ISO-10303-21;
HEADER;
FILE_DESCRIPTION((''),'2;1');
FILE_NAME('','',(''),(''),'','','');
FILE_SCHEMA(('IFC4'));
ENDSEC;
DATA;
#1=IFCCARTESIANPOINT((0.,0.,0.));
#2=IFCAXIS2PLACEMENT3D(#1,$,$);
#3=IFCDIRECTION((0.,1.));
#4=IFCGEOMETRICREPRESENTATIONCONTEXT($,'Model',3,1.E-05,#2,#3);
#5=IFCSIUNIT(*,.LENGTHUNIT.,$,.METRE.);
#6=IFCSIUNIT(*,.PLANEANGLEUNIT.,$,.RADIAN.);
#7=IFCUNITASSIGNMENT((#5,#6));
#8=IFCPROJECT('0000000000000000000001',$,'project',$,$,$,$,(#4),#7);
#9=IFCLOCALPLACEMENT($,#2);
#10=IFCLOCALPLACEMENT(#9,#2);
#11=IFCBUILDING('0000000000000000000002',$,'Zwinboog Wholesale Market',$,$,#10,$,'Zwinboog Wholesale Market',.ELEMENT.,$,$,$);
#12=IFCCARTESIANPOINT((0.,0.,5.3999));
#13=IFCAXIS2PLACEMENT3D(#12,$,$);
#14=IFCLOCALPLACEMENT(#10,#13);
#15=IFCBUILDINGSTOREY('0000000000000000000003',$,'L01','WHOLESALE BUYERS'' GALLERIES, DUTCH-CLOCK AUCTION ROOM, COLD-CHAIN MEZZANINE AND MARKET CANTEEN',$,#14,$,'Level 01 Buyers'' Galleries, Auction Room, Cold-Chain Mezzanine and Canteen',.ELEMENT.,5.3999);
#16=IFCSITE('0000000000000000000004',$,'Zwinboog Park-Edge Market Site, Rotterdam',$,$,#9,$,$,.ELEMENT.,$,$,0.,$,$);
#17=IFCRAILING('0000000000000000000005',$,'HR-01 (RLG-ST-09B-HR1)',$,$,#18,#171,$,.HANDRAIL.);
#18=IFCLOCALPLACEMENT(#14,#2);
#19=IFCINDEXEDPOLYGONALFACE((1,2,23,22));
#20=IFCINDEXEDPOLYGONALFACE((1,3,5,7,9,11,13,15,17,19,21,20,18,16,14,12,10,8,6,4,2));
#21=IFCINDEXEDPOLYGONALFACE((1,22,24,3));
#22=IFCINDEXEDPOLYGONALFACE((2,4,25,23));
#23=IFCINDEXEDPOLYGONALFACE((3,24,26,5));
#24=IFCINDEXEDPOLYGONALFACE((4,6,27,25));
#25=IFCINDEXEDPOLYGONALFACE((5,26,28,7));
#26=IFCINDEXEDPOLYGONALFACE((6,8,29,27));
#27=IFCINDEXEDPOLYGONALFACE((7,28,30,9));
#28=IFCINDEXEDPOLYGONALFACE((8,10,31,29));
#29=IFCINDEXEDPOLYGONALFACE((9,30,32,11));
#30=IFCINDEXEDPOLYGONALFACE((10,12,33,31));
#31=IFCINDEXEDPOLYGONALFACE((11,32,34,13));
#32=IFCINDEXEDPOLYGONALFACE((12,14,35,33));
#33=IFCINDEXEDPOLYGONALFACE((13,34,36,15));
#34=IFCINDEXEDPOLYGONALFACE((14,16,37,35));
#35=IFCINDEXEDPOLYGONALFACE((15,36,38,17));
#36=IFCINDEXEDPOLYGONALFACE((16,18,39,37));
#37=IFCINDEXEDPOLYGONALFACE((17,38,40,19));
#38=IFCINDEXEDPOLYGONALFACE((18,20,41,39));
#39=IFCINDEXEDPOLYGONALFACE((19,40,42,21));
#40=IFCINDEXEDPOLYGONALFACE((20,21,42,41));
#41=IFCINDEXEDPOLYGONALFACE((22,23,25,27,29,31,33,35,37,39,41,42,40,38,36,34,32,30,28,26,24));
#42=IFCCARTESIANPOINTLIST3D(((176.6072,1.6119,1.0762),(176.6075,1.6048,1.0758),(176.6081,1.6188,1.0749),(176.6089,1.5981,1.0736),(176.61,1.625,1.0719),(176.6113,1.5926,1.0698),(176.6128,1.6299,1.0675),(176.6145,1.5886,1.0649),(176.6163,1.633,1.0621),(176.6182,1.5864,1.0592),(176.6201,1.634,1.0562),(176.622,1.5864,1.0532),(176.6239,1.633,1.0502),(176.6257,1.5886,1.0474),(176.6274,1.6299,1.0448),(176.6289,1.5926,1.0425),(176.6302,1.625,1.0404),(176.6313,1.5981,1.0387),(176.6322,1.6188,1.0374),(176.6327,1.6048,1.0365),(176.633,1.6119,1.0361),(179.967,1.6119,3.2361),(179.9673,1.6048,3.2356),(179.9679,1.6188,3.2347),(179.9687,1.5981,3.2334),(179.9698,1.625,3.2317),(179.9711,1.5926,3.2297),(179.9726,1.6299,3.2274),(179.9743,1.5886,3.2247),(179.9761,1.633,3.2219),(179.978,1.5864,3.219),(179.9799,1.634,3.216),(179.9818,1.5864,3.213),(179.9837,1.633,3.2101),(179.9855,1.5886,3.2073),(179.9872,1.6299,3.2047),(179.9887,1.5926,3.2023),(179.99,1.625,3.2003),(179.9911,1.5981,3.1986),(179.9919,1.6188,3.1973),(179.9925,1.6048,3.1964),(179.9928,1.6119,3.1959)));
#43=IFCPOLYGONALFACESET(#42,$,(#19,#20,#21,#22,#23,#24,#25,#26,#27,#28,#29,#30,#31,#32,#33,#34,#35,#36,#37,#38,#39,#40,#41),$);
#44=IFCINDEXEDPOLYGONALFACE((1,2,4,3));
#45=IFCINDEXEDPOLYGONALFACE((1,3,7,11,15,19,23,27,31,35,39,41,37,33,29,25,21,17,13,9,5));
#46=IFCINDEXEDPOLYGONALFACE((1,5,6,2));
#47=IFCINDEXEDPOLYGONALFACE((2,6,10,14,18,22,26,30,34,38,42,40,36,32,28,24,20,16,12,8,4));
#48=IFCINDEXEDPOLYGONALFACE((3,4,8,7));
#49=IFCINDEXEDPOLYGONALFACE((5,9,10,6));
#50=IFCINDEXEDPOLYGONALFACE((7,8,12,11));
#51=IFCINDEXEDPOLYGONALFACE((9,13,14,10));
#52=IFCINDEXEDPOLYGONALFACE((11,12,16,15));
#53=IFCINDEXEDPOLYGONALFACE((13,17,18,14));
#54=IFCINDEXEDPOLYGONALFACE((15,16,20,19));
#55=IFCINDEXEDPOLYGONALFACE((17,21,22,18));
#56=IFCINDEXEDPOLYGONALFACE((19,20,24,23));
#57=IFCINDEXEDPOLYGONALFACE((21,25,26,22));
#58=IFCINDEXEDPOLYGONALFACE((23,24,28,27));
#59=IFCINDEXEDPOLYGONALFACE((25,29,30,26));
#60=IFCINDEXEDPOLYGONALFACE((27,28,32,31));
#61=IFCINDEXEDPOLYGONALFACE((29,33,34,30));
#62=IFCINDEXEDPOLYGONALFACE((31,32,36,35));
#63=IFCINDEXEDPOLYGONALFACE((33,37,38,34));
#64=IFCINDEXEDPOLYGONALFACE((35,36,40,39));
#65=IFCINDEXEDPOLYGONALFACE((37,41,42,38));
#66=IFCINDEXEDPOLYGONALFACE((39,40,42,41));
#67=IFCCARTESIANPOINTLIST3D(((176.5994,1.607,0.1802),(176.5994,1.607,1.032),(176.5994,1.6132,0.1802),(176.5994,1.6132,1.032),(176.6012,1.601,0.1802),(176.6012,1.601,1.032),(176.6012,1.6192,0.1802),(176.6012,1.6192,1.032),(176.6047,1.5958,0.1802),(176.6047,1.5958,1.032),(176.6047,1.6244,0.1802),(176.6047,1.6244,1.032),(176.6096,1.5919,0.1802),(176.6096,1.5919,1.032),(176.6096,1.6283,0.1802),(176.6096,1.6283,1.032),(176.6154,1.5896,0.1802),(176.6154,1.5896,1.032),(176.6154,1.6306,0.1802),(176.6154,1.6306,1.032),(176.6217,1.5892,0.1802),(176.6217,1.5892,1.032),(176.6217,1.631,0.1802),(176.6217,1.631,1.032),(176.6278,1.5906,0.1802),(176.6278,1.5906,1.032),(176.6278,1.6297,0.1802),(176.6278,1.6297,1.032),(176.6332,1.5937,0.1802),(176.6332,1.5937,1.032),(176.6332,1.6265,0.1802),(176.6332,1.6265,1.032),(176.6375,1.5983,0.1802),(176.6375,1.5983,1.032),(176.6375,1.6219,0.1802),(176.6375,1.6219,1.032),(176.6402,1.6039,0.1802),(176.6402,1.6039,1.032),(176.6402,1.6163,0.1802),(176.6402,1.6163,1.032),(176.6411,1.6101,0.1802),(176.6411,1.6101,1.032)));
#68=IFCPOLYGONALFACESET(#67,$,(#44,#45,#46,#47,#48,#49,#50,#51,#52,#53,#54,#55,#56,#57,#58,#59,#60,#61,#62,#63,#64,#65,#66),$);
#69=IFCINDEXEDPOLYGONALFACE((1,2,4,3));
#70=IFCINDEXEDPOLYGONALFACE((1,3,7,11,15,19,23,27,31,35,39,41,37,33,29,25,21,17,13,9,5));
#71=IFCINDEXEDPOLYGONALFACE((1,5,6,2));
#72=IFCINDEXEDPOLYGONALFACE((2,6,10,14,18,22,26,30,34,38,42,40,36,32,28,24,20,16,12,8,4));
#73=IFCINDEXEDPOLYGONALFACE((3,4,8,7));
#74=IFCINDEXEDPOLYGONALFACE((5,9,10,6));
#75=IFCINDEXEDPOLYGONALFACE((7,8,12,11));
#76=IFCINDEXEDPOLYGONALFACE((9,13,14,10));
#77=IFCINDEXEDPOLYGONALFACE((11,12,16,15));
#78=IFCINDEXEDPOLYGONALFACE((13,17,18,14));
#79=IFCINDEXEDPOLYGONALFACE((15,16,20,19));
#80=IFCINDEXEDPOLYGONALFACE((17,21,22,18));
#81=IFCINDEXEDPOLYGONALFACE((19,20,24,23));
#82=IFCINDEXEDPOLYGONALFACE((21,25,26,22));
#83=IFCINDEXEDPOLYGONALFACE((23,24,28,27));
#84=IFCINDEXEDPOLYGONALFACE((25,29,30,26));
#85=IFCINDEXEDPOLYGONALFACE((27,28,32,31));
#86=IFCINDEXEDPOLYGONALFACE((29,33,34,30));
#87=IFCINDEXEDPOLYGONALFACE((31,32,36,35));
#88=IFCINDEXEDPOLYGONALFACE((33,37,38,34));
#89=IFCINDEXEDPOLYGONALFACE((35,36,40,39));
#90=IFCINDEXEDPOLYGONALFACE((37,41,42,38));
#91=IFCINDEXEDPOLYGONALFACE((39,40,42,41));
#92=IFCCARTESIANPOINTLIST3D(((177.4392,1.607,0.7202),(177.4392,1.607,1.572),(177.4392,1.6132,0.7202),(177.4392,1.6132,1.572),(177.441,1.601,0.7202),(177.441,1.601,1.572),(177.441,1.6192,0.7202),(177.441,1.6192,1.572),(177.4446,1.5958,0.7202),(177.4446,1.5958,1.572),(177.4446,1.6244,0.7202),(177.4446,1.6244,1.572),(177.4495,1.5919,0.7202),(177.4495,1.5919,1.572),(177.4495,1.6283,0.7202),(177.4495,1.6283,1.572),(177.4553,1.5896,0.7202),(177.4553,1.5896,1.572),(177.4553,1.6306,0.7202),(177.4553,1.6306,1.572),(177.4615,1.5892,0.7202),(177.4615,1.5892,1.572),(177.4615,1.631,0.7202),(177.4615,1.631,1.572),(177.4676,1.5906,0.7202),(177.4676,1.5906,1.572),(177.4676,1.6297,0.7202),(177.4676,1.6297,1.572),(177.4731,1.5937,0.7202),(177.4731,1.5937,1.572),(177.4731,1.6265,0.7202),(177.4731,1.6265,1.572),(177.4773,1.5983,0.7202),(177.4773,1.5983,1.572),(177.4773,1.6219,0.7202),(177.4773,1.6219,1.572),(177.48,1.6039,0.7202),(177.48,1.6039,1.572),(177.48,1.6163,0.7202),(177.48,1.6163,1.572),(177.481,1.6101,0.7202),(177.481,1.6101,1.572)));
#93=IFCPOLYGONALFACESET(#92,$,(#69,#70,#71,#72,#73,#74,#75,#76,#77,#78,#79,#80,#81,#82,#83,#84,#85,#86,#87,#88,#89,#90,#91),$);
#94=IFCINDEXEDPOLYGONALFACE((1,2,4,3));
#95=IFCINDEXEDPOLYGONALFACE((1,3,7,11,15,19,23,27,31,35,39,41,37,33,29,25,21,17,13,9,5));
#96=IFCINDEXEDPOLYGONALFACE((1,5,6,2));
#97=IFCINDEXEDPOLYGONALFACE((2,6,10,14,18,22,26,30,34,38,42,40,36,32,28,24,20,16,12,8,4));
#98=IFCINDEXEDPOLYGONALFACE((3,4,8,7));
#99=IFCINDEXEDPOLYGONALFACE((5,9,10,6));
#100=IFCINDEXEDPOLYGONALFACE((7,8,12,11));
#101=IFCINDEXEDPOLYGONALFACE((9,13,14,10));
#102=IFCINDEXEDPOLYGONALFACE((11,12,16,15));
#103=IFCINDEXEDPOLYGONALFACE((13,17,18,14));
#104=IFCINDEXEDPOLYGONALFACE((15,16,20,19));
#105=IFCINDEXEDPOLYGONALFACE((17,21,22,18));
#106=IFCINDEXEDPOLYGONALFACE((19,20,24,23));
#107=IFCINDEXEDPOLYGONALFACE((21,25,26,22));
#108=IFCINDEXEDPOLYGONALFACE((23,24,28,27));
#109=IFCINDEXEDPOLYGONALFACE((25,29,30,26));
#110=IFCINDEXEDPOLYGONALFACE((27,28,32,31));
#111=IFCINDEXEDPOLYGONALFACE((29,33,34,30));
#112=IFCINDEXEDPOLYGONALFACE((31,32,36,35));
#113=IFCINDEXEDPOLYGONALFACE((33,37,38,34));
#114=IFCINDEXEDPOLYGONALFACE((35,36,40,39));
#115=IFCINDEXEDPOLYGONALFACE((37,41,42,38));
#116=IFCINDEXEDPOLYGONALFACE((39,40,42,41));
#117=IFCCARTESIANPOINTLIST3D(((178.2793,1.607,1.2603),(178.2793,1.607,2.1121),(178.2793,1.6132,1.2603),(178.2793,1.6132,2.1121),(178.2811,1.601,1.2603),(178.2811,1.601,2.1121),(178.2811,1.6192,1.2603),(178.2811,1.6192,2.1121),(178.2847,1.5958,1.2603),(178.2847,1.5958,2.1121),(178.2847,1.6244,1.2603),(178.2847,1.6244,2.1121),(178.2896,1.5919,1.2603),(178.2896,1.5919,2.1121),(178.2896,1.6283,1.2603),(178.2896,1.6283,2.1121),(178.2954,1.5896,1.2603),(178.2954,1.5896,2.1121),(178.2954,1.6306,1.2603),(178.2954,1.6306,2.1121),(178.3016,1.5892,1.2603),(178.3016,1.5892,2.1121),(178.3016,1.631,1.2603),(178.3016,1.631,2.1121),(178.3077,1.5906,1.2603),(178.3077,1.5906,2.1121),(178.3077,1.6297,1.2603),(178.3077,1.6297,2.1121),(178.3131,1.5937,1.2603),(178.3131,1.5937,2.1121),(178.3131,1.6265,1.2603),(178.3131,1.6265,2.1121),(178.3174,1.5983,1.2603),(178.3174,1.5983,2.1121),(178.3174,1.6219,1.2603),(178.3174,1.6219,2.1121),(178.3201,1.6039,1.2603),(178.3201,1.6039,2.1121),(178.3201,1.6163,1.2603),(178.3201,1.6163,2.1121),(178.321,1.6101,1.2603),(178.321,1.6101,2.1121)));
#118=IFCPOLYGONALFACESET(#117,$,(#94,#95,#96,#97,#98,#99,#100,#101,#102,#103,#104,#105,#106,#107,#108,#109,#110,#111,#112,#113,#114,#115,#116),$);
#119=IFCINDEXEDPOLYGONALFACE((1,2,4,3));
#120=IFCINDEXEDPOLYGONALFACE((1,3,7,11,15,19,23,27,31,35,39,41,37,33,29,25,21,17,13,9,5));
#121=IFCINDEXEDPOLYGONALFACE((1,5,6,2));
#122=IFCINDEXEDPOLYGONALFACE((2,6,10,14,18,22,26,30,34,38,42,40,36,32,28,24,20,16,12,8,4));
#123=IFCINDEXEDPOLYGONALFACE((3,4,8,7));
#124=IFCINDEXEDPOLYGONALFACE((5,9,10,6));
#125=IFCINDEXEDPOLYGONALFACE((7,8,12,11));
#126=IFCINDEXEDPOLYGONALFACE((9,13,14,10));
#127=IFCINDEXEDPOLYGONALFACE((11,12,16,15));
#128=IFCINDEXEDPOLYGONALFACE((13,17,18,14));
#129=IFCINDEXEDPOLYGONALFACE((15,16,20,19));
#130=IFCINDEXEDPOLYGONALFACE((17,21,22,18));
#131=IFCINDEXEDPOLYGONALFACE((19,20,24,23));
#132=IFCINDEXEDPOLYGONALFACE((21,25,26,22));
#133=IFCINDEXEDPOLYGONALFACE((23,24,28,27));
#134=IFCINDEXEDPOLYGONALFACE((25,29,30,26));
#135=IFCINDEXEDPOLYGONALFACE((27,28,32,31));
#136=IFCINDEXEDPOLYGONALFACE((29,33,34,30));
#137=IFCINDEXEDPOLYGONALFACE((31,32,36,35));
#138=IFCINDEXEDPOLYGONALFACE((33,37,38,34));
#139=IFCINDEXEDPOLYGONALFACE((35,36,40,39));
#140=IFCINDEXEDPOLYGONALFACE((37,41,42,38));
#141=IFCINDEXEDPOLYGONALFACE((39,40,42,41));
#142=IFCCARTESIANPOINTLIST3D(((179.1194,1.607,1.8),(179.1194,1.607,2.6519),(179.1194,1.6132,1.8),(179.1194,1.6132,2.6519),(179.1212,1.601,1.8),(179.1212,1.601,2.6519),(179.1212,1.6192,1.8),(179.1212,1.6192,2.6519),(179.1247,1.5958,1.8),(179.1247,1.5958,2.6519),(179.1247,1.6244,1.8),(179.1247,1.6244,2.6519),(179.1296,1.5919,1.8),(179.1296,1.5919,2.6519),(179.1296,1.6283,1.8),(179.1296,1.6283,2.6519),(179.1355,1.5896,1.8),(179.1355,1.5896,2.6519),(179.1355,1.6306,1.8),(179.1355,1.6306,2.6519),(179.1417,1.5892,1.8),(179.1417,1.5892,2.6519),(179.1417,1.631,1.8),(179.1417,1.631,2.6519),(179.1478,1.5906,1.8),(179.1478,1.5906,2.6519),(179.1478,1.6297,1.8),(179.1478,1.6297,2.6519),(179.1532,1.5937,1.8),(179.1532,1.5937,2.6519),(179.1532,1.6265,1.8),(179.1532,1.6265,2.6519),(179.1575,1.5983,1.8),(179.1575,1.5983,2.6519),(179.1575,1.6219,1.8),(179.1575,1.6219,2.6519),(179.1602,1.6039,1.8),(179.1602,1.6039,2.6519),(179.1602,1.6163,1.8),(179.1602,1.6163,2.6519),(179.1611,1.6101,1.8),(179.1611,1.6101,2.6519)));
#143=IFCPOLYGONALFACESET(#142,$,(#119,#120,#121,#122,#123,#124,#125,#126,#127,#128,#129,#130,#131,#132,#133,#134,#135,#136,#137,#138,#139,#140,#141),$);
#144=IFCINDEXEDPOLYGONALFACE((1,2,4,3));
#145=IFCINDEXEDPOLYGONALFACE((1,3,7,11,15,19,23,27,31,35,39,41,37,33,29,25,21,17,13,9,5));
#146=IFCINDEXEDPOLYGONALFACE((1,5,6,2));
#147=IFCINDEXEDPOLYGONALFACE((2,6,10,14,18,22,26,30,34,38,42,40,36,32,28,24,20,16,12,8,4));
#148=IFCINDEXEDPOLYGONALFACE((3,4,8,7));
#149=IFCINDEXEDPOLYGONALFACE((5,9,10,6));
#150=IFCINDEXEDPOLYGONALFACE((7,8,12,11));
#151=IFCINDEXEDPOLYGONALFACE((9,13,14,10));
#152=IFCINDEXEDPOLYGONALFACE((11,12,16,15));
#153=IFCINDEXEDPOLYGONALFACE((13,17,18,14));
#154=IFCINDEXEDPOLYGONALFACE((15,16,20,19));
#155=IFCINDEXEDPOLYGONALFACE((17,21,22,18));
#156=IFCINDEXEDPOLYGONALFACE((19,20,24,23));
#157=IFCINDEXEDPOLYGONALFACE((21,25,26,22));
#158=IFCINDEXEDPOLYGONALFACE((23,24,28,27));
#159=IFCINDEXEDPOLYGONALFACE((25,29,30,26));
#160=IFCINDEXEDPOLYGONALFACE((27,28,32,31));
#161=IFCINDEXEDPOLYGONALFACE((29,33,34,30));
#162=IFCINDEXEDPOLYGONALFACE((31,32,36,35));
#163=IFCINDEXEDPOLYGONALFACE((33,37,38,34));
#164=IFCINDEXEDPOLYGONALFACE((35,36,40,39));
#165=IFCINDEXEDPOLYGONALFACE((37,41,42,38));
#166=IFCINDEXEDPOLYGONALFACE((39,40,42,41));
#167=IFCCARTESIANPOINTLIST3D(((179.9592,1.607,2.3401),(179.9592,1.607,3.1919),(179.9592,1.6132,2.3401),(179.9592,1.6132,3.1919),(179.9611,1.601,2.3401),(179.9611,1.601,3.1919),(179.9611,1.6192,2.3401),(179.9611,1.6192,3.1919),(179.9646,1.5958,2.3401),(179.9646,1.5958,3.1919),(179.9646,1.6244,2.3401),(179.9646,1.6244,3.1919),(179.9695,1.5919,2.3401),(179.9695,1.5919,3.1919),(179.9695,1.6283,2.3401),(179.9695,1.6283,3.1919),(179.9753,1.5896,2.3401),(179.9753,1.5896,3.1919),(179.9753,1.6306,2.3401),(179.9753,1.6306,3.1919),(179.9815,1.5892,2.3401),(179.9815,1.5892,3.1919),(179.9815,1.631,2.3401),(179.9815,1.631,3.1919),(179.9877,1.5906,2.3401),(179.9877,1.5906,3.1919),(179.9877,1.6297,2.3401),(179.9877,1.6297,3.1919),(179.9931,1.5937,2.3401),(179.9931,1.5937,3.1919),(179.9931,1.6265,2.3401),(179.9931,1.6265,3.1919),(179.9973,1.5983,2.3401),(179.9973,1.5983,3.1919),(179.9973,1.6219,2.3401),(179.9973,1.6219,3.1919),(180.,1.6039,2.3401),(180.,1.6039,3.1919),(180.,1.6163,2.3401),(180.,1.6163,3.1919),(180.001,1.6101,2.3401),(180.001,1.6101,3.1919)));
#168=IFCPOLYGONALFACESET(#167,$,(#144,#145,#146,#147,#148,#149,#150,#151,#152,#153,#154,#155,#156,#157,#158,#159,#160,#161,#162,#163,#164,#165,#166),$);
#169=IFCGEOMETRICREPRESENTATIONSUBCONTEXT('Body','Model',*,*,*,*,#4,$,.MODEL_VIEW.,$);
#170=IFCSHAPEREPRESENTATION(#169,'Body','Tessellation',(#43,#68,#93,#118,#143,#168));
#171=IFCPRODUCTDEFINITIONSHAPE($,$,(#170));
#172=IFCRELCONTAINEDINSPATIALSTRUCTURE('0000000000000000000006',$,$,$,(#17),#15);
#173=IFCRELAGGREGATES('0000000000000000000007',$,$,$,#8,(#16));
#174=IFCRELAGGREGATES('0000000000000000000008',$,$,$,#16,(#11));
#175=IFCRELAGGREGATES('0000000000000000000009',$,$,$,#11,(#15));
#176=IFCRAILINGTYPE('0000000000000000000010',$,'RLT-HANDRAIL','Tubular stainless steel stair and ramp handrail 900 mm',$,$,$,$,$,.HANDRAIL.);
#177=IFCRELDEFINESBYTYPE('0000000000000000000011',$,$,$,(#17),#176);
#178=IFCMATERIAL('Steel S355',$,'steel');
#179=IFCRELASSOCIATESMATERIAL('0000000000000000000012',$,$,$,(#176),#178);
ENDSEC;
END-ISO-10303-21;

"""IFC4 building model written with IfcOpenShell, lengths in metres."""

from ifc_helpers import new_model, si_unit, direction, frame, origin, origin_2d, place, context, subcontext, project, spatial, circle, extrude, material, type_object, element, save


model = new_model("IFC4")

# Units and contexts
model_context = context("Model", 3, precision=1e-05, world=origin(), true_north=direction((0.0, 1.0)))
body_context = subcontext(model_context, "Body", "Model", "MODEL_VIEW")
ifc_project = project(units=[si_unit("LENGTHUNIT", "METRE"), si_unit("PLANEANGLEUNIT", "RADIAN")], contexts=[model_context])

# Site, building, storey
site_placement = place(None, origin())
site = spatial("IfcSite", under=ifc_project, at=site_placement, Name="Zwinboog Park-Edge Market Site, Rotterdam", CompositionType="ELEMENT", RefElevation=0.0)
building_placement = place(site_placement, origin())
building = spatial("IfcBuilding", under=site, at=building_placement, Name="Zwinboog Wholesale Market", LongName="Zwinboog Wholesale Market", CompositionType="ELEMENT")
storey_placement = place(building_placement, frame((0.0, 0.0, 5.3999)))
storey = spatial("IfcBuildingStorey", under=building, at=storey_placement, Name="L01", Description="WHOLESALE BUYERS' GALLERIES, DUTCH-CLOCK AUCTION ROOM, COLD-CHAIN MEZZANINE AND MARKET CANTEEN", LongName="Level 01 Buyers' Galleries, Auction Room, Cold-Chain Mezzanine and Canteen", CompositionType="ELEMENT", Elevation=5.3999)

# Shared definitions
ifc_material_1 = material(Name="Steel S355", Category="steel")

# Railing
railing_type_1 = type_object("IfcRailingType", Name="RLT-HANDRAIL", Description="Tubular stainless steel stair and ramp handrail 900 mm", PredefinedType="HANDRAIL", material=ifc_material_1)
railing_1_placement = place(storey_placement, frame((176.6201, 1.6101, 0.1802)))
element("IfcRailing", 1, at=railing_1_placement, inside=storey, type_object=railing_type_1, Name="HR-01 (RLG-ST-09B-HR1)", PredefinedType="HANDRAIL", context=body_context, shape_type="SweptSolid", body=[
    extrude(circle(Radius=0.0239, at=origin_2d()), frame((0.0, 0.0, 0.876), z_axis=(0.841178, 0.0, 0.540758), x_axis=(0.0, 1.0, 0.0)), (0.0, 0.0, 1.0), 3.9941),
    extrude(circle(Radius=0.021, at=origin_2d()), origin(), (0.0, 0.0, 1.0), 0.8518),
    extrude(circle(Radius=0.021, at=origin_2d()), frame((0.8398, 0.0, 0.54)), (0.0, 0.0, 1.0), 0.8518),
    extrude(circle(Radius=0.021, at=origin_2d()), frame((1.6799, 0.0, 1.0801)), (0.0, 0.0, 1.0), 0.8518),
    extrude(circle(Radius=0.021, at=origin_2d()), frame((2.52, 0.0, 1.6199)), (0.0, 0.0, 1.0), 0.8518),
    extrude(circle(Radius=0.021, at=origin_2d()), frame((3.3599, 0.0, 2.1599)), (0.0, 0.0, 1.0), 0.8518),
])

save(model, "model.ifc")
